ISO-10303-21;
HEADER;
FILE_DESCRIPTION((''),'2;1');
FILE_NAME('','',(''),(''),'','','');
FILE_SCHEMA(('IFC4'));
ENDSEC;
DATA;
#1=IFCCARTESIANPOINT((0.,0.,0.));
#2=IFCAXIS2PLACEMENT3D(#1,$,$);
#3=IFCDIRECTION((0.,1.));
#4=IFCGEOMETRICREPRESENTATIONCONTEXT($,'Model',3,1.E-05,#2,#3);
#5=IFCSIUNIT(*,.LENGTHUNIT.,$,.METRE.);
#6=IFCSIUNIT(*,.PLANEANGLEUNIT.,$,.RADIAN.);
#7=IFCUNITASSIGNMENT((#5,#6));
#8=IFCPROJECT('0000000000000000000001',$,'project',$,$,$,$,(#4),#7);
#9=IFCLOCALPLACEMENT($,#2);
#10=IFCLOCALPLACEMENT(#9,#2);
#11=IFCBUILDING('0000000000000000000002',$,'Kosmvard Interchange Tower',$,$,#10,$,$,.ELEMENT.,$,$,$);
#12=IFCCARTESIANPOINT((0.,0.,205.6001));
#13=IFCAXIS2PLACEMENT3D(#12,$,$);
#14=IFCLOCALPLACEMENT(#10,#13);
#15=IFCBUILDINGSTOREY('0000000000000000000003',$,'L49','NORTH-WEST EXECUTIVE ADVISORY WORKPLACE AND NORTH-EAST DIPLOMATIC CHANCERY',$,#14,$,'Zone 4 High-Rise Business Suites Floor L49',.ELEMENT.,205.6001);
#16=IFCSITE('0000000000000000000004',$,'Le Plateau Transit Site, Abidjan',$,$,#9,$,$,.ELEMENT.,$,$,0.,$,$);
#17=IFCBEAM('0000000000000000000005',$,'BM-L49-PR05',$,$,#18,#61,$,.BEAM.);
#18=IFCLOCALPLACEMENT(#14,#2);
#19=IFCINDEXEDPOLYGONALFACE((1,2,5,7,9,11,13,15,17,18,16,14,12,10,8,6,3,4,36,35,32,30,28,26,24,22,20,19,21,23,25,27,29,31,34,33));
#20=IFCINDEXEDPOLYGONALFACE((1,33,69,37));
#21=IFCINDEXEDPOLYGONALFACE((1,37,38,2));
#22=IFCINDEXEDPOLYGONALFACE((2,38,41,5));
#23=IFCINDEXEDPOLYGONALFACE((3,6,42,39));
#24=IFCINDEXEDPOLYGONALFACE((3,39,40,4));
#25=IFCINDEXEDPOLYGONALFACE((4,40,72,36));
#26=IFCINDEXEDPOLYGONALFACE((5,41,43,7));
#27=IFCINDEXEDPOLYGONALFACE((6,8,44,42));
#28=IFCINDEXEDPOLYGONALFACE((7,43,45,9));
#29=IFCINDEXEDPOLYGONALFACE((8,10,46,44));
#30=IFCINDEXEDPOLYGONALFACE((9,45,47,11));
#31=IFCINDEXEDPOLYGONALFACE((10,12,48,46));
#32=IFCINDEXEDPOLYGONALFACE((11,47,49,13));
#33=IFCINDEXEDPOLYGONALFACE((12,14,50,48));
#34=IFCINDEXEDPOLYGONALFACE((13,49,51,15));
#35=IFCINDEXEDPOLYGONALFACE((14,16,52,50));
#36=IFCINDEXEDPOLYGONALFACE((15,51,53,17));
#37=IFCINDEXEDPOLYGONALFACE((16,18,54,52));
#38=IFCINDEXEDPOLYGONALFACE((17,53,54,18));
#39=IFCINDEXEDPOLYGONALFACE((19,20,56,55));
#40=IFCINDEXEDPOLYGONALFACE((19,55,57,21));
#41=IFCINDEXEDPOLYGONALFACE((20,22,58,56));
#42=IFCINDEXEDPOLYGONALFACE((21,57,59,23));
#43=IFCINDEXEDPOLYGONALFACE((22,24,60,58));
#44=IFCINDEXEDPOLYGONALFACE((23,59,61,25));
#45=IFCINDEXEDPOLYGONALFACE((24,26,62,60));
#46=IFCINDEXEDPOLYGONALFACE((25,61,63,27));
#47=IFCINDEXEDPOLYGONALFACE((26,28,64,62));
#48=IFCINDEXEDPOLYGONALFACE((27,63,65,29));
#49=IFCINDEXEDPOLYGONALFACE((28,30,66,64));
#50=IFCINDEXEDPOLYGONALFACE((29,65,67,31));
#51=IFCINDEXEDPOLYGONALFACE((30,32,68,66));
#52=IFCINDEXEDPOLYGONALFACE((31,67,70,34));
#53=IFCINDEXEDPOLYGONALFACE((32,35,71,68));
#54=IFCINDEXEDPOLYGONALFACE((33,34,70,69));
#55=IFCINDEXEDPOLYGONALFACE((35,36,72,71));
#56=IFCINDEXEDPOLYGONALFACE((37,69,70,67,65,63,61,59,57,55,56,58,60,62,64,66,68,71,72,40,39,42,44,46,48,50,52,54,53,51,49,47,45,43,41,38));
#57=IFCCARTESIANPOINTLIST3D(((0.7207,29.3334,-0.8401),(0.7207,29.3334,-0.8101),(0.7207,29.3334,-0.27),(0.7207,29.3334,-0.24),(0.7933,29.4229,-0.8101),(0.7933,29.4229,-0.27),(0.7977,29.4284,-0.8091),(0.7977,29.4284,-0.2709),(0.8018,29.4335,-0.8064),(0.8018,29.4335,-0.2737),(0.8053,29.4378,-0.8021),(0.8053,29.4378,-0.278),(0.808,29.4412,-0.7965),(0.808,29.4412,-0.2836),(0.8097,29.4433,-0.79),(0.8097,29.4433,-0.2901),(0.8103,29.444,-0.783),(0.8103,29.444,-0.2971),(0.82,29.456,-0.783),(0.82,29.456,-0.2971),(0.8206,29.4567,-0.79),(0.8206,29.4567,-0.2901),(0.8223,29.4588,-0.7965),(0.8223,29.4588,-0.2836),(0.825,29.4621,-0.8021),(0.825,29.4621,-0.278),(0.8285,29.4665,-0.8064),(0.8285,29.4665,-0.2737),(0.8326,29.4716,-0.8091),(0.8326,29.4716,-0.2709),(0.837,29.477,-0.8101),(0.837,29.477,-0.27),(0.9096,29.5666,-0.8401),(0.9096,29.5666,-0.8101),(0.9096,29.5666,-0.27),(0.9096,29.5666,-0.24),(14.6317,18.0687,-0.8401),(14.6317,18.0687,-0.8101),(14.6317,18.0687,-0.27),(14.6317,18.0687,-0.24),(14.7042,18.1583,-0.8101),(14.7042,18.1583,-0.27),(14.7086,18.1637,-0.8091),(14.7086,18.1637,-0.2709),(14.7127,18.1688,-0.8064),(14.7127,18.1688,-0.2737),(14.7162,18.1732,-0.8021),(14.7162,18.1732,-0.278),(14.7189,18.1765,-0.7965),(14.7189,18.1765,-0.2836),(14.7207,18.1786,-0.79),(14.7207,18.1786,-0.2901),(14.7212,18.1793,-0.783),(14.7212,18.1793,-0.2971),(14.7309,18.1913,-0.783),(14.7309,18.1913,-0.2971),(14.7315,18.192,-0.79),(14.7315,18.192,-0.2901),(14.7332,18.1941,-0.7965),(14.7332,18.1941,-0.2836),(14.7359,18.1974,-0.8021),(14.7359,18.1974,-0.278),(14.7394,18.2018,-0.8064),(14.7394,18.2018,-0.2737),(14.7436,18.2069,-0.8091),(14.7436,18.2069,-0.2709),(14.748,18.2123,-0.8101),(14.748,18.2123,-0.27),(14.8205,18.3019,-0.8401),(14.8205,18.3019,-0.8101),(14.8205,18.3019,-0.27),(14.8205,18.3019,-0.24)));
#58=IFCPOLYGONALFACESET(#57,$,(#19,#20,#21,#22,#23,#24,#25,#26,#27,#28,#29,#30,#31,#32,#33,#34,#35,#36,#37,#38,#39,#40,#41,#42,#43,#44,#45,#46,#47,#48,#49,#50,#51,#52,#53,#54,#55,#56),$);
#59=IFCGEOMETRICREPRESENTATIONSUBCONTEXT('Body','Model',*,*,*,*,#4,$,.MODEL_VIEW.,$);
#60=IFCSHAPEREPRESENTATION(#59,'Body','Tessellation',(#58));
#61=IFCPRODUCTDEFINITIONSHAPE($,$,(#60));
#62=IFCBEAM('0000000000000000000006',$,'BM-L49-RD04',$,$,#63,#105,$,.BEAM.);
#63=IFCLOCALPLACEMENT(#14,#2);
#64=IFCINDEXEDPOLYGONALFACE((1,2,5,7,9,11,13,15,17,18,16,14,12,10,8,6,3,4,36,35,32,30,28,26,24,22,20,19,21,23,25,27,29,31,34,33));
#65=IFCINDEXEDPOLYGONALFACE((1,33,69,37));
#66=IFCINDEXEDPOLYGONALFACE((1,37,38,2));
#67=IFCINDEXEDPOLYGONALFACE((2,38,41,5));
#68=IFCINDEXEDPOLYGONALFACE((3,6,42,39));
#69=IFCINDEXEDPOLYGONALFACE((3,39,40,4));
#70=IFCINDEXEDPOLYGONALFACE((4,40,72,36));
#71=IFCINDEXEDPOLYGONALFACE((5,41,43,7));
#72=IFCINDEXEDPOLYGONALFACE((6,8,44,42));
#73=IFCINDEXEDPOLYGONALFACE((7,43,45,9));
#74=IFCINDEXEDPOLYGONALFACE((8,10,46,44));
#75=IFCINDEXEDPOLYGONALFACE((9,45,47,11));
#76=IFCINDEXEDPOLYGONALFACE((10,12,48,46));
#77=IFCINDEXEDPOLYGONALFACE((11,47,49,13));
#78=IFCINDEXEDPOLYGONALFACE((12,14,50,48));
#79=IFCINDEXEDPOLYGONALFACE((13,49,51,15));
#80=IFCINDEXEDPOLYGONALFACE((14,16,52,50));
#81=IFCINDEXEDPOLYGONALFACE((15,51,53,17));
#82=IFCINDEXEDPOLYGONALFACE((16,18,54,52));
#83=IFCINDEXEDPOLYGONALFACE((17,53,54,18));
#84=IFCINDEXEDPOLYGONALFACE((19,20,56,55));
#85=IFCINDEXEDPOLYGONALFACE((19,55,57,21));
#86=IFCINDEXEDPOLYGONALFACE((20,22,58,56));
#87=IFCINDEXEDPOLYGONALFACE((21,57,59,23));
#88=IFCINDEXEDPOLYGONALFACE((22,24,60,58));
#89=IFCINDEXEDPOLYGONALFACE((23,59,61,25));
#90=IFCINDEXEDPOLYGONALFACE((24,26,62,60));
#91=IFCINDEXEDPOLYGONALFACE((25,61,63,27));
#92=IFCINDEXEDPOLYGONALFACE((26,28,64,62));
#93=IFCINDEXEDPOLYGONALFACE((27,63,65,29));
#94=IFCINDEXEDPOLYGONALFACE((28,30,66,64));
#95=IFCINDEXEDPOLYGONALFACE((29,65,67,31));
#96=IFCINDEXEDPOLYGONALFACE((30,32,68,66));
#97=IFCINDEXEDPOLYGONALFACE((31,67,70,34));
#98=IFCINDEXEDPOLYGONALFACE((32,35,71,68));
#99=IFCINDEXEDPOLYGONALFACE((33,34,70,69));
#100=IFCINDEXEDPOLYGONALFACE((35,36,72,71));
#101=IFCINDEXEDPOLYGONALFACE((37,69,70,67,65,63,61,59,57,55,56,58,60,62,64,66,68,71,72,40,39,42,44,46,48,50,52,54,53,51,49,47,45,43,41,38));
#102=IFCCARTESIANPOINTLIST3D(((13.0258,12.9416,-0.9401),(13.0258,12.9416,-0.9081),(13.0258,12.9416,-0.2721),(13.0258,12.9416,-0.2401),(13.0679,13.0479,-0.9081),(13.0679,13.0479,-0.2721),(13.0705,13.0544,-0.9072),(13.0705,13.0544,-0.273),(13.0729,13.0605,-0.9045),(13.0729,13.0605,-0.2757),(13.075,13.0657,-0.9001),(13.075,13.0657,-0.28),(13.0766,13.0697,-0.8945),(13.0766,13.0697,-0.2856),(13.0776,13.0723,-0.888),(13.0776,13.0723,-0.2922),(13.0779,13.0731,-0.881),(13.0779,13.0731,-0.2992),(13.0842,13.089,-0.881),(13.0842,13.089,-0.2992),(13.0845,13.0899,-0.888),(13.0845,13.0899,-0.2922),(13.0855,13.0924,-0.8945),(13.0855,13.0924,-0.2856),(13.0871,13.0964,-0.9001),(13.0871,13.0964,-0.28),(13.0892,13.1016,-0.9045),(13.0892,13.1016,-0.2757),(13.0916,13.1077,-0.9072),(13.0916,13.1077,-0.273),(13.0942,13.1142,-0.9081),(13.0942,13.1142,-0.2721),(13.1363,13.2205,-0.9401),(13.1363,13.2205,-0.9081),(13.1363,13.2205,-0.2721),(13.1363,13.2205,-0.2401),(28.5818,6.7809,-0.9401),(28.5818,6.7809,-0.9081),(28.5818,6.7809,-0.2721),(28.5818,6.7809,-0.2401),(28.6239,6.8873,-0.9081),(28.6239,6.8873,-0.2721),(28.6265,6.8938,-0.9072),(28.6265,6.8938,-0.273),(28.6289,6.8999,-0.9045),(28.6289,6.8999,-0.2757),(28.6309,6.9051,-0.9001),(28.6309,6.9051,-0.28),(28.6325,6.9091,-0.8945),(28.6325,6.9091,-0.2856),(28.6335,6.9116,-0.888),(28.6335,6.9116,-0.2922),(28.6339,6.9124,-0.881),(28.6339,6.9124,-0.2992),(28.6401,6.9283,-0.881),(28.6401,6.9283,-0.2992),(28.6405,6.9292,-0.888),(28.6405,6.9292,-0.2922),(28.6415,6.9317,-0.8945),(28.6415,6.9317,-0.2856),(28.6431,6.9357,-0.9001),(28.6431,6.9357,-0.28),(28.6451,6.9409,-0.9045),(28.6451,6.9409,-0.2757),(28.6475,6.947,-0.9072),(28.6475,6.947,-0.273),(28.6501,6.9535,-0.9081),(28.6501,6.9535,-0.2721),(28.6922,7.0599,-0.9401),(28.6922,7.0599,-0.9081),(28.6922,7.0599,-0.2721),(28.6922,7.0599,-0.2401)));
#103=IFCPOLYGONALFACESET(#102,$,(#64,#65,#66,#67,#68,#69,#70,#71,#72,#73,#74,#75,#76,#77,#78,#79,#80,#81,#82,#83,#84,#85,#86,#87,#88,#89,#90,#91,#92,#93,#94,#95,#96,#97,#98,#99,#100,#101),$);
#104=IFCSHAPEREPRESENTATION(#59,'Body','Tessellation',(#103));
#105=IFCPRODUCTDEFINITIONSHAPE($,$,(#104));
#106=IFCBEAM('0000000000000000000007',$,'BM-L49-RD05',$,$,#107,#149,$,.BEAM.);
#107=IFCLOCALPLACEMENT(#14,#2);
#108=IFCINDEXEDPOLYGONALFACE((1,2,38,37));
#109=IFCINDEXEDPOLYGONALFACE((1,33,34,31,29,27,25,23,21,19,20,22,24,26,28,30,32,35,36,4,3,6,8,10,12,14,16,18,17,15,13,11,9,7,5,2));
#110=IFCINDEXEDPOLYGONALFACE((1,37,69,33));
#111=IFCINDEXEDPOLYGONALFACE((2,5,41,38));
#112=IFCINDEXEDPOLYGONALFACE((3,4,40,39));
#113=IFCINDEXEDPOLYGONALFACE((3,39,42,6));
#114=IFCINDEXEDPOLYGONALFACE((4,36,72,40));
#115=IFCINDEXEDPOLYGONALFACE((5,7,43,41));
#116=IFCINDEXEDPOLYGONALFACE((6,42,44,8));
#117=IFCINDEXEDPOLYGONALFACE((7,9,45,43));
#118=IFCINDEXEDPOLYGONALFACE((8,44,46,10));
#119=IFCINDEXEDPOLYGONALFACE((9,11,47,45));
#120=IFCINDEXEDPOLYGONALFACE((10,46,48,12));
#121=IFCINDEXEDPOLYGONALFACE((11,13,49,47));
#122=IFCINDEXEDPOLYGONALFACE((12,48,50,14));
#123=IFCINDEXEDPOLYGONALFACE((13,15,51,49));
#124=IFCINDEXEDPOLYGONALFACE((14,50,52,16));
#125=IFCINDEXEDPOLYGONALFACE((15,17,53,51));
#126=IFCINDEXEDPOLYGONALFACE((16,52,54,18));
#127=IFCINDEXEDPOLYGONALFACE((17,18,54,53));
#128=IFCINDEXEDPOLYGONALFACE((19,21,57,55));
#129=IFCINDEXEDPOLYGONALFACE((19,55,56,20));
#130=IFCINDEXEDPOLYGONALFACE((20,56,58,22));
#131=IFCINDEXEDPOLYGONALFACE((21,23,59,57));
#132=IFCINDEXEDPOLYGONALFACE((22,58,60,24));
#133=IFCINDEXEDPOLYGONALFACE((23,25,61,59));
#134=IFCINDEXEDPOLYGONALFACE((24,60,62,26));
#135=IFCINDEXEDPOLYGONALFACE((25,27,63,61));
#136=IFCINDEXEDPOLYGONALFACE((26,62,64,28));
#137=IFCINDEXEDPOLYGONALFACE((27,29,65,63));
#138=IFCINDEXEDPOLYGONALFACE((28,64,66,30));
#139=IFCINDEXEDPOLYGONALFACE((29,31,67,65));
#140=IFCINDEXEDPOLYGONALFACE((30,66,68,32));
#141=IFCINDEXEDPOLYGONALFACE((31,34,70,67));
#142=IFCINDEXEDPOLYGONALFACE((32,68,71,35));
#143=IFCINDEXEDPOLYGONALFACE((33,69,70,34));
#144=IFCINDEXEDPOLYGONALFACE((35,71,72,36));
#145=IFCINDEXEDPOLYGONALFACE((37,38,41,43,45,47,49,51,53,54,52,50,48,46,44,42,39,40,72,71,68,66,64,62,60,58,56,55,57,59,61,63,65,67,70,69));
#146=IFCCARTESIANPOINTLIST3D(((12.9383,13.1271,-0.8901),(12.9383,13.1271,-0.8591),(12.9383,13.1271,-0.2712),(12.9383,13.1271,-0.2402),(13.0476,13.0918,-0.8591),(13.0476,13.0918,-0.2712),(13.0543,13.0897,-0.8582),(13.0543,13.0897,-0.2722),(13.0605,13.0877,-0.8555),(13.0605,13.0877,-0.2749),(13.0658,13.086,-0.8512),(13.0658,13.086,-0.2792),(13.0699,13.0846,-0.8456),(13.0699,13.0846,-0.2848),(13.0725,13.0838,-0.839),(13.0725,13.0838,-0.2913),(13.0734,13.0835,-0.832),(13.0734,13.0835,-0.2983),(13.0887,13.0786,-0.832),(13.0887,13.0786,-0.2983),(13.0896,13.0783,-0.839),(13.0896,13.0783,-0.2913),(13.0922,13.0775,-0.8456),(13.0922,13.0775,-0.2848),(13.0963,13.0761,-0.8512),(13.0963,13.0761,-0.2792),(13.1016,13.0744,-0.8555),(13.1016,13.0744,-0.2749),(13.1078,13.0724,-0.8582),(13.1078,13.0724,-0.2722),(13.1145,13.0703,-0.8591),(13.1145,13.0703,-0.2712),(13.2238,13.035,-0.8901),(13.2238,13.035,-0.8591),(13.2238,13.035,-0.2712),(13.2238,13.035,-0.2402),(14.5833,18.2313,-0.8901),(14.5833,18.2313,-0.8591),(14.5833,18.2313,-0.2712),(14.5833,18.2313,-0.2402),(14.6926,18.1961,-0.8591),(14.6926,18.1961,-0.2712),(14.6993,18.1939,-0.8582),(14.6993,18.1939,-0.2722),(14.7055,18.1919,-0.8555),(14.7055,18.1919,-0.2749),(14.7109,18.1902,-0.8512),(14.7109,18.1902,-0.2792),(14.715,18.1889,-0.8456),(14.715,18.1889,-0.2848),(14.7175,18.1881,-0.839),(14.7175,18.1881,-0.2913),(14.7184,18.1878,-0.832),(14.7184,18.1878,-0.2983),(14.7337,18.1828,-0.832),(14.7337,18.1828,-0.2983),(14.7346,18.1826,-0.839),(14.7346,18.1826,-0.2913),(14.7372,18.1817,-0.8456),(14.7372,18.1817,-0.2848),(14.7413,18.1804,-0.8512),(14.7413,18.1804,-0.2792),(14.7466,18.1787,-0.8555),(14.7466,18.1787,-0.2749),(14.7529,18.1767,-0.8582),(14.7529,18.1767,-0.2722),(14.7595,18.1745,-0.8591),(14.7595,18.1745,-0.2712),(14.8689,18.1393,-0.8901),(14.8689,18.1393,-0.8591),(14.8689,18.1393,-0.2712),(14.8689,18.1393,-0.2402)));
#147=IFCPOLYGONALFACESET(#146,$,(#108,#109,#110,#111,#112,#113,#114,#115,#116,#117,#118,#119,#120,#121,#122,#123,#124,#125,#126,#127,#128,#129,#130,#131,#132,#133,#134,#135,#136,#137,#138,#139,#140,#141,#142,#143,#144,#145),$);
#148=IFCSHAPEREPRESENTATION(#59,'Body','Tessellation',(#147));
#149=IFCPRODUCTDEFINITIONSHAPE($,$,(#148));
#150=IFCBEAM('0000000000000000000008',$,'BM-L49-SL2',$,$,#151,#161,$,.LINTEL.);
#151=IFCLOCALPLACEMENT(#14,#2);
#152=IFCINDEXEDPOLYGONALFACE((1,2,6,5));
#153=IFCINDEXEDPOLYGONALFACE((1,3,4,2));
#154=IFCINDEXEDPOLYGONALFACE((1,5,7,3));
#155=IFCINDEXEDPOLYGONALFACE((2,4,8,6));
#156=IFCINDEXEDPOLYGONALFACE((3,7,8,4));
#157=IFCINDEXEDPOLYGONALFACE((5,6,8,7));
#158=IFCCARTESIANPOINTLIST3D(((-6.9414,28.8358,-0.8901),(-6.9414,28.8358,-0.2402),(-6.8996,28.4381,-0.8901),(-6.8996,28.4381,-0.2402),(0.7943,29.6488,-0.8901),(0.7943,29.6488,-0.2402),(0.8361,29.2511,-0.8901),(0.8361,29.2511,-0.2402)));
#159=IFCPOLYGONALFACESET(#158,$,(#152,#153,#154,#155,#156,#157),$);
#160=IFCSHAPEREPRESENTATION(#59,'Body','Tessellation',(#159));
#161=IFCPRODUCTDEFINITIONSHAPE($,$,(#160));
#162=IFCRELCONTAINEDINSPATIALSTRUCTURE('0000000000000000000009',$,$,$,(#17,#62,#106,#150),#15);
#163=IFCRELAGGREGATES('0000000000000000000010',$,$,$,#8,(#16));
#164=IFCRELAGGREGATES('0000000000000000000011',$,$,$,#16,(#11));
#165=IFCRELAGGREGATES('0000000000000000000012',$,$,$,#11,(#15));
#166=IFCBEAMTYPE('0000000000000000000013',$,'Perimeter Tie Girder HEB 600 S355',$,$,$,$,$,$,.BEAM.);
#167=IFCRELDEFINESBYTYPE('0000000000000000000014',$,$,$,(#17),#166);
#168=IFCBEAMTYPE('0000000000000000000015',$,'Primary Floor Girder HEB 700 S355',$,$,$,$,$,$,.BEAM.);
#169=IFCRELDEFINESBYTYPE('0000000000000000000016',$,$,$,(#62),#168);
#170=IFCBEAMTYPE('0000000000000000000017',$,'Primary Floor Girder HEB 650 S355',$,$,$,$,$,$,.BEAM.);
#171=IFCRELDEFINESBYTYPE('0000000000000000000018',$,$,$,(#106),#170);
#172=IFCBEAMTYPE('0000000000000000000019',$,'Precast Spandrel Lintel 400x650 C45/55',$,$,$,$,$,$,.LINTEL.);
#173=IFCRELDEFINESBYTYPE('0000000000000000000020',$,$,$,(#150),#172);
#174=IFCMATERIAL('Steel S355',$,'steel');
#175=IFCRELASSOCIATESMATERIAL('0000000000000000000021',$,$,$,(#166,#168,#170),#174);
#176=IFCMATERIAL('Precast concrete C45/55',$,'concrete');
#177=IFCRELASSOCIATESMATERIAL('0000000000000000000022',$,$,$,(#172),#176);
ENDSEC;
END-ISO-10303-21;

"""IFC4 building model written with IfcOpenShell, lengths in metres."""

from ifc_helpers import new_model, si_unit, direction, frame, origin, origin_2d, place, context, subcontext, project, spatial, rectangle, i_section, extrude, source, transform, mapped, material, material_profile, profile_set, type_object, element, save


model = new_model("IFC4")

# Units and contexts
model_context = context("Model", 3, precision=1e-05, world=origin(), true_north=direction((0.0, 1.0)))
body_context = subcontext(model_context, "Body", "Model", "MODEL_VIEW")
ifc_project = project(units=[si_unit("LENGTHUNIT", "METRE"), si_unit("PLANEANGLEUNIT", "RADIAN")], contexts=[model_context])

# Site, building, storey
site_placement = place(None, origin())
site = spatial("IfcSite", under=ifc_project, at=site_placement, Name="Le Plateau Transit Site, Abidjan", CompositionType="ELEMENT", RefElevation=0.0)
building_placement = place(site_placement, origin())
building = spatial("IfcBuilding", under=site, at=building_placement, Name="Kosmvard Interchange Tower", CompositionType="ELEMENT")
storey_placement = place(building_placement, frame((0.0, 0.0, 205.6001)))
storey = spatial("IfcBuildingStorey", under=building, at=storey_placement, Name="L49", Description="NORTH-WEST EXECUTIVE ADVISORY WORKPLACE AND NORTH-EAST DIPLOMATIC CHANCERY", LongName="Zone 4 High-Rise Business Suites Floor L49", CompositionType="ELEMENT", Elevation=205.6001)

# Beams
ifc_material_1 = material(Name="Steel S355", Category="steel")
ifc_material_profile_1 = material_profile(ifc_material_1, i_section(OverallWidth=0.3, OverallDepth=0.6001, WebThickness=0.0154, FlangeThickness=0.03, FilletRadius=0.0271, at=origin_2d()), Name="HEB 600")
ifc_profile_set_1 = profile_set([ifc_material_profile_1], Name="Steel S355")
beam_type_1 = type_object("IfcBeamType", Name="Perimeter Tie Girder HEB 600 S355", PredefinedType="BEAM", material=ifc_profile_set_1)
shared_shape_1 = source(origin(), body_context, "Body", "SweptSolid", [
    extrude(i_section(OverallWidth=0.3, OverallDepth=0.6001, WebThickness=0.0154, FlangeThickness=0.03, FilletRadius=0.0271, at=origin_2d()), origin(), (0.0, 0.0, 1.0), 17.8999),
])
beam_1_placement = place(storey_placement, frame((14.7261, 18.1853, -0.54), z_axis=(-0.777151, 0.629315, 0.0), x_axis=(-0.629315, -0.777151, 0.0)))
element("IfcBeam", 1, at=beam_1_placement, inside=storey, type_object=beam_type_1, Name="BM-L49-PR05", PredefinedType="BEAM", context=body_context, shape_type="MappedRepresentation", body=[
    mapped(shared_shape_1, transform((0.0, 0.0, 0.0), scale=1.0)),
])
ifc_material_profile_2 = material_profile(ifc_material_1, i_section(OverallWidth=0.3, OverallDepth=0.7, WebThickness=0.0171, FlangeThickness=0.032, FilletRadius=0.0271, at=origin_2d()), Name="HEB 700")
ifc_profile_set_2 = profile_set([ifc_material_profile_2], Name="Steel S355")
beam_type_2 = type_object("IfcBeamType", Name="Primary Floor Girder HEB 700 S355", PredefinedType="BEAM", material=ifc_profile_set_2)
shared_shape_2 = source(origin(), body_context, "Body", "SweptSolid", [
    extrude(i_section(OverallWidth=0.3, OverallDepth=0.7, WebThickness=0.0171, FlangeThickness=0.032, FilletRadius=0.0271, at=origin_2d()), origin(), (0.0, 0.0, 1.0), 16.7314),
])
beam_2_placement = place(storey_placement, frame((13.0811, 13.0811, -0.5901), z_axis=(0.929743, -0.368209, 0.0), x_axis=(0.368209, 0.929743, 0.0)))
element("IfcBeam", 2, at=beam_2_placement, inside=storey, type_object=beam_type_2, Name="BM-L49-RD04", PredefinedType="BEAM", context=body_context, shape_type="MappedRepresentation", body=[
    mapped(shared_shape_2, transform((0.0, 0.0, 0.0), scale=1.0)),
])
ifc_material_profile_3 = material_profile(ifc_material_1, i_section(OverallWidth=0.3, OverallDepth=0.6499, WebThickness=0.0161, FlangeThickness=0.031, FilletRadius=0.0271, at=origin_2d()), Name="HEB 650")
ifc_profile_set_3 = profile_set([ifc_material_profile_3], Name="Steel S355")
beam_type_3 = type_object("IfcBeamType", Name="Primary Floor Girder HEB 650 S355", PredefinedType="BEAM", material=ifc_profile_set_3)
shared_shape_3 = source(origin(), body_context, "Body", "SweptSolid", [
    extrude(i_section(OverallWidth=0.3, OverallDepth=0.6499, WebThickness=0.0161, FlangeThickness=0.031, FilletRadius=0.0271, at=origin_2d()), origin(), (0.0, 0.0, 1.0), 5.3628),
])
beam_3_placement = place(storey_placement, frame((13.0811, 13.0811, -0.5652), z_axis=(0.306747, 0.951791, 0.0), x_axis=(-0.951791, 0.306747, 0.0)))
element("IfcBeam", 3, at=beam_3_placement, inside=storey, type_object=beam_type_3, Name="BM-L49-RD05", PredefinedType="BEAM", context=body_context, shape_type="MappedRepresentation", body=[
    mapped(shared_shape_3, transform((0.0, 0.0, 0.0), scale=1.0)),
])
ifc_material_2 = material(Name="Precast concrete C45/55", Category="concrete")
ifc_material_profile_4 = material_profile(ifc_material_2, rectangle(XDim=0.3999, YDim=0.6499, at=origin_2d()), Name="SL 400x650")
ifc_profile_set_4 = profile_set([ifc_material_profile_4], Name="Precast concrete C45/55")
beam_type_4 = type_object("IfcBeamType", Name="Precast Spandrel Lintel 400x650 C45/55", PredefinedType="LINTEL", material=ifc_profile_set_4)
shared_shape_4 = source(origin(), body_context, "Body", "SweptSolid", [
    extrude(rectangle(XDim=0.3999, YDim=0.6499, at=origin_2d()), origin(), (0.0, 0.0, 1.0), 7.7783),
])
beam_4_placement = place(storey_placement, frame((0.8152, 29.45, -0.5652), z_axis=(-0.994523, -0.104521, 0.0), x_axis=(0.104521, -0.994523, 0.0)))
element("IfcBeam", 4, at=beam_4_placement, inside=storey, type_object=beam_type_4, Name="BM-L49-SL2", PredefinedType="LINTEL", context=body_context, shape_type="MappedRepresentation", body=[
    mapped(shared_shape_4, transform((0.0, 0.0, 0.0), scale=1.0)),
])

save(model, "model.ifc")
